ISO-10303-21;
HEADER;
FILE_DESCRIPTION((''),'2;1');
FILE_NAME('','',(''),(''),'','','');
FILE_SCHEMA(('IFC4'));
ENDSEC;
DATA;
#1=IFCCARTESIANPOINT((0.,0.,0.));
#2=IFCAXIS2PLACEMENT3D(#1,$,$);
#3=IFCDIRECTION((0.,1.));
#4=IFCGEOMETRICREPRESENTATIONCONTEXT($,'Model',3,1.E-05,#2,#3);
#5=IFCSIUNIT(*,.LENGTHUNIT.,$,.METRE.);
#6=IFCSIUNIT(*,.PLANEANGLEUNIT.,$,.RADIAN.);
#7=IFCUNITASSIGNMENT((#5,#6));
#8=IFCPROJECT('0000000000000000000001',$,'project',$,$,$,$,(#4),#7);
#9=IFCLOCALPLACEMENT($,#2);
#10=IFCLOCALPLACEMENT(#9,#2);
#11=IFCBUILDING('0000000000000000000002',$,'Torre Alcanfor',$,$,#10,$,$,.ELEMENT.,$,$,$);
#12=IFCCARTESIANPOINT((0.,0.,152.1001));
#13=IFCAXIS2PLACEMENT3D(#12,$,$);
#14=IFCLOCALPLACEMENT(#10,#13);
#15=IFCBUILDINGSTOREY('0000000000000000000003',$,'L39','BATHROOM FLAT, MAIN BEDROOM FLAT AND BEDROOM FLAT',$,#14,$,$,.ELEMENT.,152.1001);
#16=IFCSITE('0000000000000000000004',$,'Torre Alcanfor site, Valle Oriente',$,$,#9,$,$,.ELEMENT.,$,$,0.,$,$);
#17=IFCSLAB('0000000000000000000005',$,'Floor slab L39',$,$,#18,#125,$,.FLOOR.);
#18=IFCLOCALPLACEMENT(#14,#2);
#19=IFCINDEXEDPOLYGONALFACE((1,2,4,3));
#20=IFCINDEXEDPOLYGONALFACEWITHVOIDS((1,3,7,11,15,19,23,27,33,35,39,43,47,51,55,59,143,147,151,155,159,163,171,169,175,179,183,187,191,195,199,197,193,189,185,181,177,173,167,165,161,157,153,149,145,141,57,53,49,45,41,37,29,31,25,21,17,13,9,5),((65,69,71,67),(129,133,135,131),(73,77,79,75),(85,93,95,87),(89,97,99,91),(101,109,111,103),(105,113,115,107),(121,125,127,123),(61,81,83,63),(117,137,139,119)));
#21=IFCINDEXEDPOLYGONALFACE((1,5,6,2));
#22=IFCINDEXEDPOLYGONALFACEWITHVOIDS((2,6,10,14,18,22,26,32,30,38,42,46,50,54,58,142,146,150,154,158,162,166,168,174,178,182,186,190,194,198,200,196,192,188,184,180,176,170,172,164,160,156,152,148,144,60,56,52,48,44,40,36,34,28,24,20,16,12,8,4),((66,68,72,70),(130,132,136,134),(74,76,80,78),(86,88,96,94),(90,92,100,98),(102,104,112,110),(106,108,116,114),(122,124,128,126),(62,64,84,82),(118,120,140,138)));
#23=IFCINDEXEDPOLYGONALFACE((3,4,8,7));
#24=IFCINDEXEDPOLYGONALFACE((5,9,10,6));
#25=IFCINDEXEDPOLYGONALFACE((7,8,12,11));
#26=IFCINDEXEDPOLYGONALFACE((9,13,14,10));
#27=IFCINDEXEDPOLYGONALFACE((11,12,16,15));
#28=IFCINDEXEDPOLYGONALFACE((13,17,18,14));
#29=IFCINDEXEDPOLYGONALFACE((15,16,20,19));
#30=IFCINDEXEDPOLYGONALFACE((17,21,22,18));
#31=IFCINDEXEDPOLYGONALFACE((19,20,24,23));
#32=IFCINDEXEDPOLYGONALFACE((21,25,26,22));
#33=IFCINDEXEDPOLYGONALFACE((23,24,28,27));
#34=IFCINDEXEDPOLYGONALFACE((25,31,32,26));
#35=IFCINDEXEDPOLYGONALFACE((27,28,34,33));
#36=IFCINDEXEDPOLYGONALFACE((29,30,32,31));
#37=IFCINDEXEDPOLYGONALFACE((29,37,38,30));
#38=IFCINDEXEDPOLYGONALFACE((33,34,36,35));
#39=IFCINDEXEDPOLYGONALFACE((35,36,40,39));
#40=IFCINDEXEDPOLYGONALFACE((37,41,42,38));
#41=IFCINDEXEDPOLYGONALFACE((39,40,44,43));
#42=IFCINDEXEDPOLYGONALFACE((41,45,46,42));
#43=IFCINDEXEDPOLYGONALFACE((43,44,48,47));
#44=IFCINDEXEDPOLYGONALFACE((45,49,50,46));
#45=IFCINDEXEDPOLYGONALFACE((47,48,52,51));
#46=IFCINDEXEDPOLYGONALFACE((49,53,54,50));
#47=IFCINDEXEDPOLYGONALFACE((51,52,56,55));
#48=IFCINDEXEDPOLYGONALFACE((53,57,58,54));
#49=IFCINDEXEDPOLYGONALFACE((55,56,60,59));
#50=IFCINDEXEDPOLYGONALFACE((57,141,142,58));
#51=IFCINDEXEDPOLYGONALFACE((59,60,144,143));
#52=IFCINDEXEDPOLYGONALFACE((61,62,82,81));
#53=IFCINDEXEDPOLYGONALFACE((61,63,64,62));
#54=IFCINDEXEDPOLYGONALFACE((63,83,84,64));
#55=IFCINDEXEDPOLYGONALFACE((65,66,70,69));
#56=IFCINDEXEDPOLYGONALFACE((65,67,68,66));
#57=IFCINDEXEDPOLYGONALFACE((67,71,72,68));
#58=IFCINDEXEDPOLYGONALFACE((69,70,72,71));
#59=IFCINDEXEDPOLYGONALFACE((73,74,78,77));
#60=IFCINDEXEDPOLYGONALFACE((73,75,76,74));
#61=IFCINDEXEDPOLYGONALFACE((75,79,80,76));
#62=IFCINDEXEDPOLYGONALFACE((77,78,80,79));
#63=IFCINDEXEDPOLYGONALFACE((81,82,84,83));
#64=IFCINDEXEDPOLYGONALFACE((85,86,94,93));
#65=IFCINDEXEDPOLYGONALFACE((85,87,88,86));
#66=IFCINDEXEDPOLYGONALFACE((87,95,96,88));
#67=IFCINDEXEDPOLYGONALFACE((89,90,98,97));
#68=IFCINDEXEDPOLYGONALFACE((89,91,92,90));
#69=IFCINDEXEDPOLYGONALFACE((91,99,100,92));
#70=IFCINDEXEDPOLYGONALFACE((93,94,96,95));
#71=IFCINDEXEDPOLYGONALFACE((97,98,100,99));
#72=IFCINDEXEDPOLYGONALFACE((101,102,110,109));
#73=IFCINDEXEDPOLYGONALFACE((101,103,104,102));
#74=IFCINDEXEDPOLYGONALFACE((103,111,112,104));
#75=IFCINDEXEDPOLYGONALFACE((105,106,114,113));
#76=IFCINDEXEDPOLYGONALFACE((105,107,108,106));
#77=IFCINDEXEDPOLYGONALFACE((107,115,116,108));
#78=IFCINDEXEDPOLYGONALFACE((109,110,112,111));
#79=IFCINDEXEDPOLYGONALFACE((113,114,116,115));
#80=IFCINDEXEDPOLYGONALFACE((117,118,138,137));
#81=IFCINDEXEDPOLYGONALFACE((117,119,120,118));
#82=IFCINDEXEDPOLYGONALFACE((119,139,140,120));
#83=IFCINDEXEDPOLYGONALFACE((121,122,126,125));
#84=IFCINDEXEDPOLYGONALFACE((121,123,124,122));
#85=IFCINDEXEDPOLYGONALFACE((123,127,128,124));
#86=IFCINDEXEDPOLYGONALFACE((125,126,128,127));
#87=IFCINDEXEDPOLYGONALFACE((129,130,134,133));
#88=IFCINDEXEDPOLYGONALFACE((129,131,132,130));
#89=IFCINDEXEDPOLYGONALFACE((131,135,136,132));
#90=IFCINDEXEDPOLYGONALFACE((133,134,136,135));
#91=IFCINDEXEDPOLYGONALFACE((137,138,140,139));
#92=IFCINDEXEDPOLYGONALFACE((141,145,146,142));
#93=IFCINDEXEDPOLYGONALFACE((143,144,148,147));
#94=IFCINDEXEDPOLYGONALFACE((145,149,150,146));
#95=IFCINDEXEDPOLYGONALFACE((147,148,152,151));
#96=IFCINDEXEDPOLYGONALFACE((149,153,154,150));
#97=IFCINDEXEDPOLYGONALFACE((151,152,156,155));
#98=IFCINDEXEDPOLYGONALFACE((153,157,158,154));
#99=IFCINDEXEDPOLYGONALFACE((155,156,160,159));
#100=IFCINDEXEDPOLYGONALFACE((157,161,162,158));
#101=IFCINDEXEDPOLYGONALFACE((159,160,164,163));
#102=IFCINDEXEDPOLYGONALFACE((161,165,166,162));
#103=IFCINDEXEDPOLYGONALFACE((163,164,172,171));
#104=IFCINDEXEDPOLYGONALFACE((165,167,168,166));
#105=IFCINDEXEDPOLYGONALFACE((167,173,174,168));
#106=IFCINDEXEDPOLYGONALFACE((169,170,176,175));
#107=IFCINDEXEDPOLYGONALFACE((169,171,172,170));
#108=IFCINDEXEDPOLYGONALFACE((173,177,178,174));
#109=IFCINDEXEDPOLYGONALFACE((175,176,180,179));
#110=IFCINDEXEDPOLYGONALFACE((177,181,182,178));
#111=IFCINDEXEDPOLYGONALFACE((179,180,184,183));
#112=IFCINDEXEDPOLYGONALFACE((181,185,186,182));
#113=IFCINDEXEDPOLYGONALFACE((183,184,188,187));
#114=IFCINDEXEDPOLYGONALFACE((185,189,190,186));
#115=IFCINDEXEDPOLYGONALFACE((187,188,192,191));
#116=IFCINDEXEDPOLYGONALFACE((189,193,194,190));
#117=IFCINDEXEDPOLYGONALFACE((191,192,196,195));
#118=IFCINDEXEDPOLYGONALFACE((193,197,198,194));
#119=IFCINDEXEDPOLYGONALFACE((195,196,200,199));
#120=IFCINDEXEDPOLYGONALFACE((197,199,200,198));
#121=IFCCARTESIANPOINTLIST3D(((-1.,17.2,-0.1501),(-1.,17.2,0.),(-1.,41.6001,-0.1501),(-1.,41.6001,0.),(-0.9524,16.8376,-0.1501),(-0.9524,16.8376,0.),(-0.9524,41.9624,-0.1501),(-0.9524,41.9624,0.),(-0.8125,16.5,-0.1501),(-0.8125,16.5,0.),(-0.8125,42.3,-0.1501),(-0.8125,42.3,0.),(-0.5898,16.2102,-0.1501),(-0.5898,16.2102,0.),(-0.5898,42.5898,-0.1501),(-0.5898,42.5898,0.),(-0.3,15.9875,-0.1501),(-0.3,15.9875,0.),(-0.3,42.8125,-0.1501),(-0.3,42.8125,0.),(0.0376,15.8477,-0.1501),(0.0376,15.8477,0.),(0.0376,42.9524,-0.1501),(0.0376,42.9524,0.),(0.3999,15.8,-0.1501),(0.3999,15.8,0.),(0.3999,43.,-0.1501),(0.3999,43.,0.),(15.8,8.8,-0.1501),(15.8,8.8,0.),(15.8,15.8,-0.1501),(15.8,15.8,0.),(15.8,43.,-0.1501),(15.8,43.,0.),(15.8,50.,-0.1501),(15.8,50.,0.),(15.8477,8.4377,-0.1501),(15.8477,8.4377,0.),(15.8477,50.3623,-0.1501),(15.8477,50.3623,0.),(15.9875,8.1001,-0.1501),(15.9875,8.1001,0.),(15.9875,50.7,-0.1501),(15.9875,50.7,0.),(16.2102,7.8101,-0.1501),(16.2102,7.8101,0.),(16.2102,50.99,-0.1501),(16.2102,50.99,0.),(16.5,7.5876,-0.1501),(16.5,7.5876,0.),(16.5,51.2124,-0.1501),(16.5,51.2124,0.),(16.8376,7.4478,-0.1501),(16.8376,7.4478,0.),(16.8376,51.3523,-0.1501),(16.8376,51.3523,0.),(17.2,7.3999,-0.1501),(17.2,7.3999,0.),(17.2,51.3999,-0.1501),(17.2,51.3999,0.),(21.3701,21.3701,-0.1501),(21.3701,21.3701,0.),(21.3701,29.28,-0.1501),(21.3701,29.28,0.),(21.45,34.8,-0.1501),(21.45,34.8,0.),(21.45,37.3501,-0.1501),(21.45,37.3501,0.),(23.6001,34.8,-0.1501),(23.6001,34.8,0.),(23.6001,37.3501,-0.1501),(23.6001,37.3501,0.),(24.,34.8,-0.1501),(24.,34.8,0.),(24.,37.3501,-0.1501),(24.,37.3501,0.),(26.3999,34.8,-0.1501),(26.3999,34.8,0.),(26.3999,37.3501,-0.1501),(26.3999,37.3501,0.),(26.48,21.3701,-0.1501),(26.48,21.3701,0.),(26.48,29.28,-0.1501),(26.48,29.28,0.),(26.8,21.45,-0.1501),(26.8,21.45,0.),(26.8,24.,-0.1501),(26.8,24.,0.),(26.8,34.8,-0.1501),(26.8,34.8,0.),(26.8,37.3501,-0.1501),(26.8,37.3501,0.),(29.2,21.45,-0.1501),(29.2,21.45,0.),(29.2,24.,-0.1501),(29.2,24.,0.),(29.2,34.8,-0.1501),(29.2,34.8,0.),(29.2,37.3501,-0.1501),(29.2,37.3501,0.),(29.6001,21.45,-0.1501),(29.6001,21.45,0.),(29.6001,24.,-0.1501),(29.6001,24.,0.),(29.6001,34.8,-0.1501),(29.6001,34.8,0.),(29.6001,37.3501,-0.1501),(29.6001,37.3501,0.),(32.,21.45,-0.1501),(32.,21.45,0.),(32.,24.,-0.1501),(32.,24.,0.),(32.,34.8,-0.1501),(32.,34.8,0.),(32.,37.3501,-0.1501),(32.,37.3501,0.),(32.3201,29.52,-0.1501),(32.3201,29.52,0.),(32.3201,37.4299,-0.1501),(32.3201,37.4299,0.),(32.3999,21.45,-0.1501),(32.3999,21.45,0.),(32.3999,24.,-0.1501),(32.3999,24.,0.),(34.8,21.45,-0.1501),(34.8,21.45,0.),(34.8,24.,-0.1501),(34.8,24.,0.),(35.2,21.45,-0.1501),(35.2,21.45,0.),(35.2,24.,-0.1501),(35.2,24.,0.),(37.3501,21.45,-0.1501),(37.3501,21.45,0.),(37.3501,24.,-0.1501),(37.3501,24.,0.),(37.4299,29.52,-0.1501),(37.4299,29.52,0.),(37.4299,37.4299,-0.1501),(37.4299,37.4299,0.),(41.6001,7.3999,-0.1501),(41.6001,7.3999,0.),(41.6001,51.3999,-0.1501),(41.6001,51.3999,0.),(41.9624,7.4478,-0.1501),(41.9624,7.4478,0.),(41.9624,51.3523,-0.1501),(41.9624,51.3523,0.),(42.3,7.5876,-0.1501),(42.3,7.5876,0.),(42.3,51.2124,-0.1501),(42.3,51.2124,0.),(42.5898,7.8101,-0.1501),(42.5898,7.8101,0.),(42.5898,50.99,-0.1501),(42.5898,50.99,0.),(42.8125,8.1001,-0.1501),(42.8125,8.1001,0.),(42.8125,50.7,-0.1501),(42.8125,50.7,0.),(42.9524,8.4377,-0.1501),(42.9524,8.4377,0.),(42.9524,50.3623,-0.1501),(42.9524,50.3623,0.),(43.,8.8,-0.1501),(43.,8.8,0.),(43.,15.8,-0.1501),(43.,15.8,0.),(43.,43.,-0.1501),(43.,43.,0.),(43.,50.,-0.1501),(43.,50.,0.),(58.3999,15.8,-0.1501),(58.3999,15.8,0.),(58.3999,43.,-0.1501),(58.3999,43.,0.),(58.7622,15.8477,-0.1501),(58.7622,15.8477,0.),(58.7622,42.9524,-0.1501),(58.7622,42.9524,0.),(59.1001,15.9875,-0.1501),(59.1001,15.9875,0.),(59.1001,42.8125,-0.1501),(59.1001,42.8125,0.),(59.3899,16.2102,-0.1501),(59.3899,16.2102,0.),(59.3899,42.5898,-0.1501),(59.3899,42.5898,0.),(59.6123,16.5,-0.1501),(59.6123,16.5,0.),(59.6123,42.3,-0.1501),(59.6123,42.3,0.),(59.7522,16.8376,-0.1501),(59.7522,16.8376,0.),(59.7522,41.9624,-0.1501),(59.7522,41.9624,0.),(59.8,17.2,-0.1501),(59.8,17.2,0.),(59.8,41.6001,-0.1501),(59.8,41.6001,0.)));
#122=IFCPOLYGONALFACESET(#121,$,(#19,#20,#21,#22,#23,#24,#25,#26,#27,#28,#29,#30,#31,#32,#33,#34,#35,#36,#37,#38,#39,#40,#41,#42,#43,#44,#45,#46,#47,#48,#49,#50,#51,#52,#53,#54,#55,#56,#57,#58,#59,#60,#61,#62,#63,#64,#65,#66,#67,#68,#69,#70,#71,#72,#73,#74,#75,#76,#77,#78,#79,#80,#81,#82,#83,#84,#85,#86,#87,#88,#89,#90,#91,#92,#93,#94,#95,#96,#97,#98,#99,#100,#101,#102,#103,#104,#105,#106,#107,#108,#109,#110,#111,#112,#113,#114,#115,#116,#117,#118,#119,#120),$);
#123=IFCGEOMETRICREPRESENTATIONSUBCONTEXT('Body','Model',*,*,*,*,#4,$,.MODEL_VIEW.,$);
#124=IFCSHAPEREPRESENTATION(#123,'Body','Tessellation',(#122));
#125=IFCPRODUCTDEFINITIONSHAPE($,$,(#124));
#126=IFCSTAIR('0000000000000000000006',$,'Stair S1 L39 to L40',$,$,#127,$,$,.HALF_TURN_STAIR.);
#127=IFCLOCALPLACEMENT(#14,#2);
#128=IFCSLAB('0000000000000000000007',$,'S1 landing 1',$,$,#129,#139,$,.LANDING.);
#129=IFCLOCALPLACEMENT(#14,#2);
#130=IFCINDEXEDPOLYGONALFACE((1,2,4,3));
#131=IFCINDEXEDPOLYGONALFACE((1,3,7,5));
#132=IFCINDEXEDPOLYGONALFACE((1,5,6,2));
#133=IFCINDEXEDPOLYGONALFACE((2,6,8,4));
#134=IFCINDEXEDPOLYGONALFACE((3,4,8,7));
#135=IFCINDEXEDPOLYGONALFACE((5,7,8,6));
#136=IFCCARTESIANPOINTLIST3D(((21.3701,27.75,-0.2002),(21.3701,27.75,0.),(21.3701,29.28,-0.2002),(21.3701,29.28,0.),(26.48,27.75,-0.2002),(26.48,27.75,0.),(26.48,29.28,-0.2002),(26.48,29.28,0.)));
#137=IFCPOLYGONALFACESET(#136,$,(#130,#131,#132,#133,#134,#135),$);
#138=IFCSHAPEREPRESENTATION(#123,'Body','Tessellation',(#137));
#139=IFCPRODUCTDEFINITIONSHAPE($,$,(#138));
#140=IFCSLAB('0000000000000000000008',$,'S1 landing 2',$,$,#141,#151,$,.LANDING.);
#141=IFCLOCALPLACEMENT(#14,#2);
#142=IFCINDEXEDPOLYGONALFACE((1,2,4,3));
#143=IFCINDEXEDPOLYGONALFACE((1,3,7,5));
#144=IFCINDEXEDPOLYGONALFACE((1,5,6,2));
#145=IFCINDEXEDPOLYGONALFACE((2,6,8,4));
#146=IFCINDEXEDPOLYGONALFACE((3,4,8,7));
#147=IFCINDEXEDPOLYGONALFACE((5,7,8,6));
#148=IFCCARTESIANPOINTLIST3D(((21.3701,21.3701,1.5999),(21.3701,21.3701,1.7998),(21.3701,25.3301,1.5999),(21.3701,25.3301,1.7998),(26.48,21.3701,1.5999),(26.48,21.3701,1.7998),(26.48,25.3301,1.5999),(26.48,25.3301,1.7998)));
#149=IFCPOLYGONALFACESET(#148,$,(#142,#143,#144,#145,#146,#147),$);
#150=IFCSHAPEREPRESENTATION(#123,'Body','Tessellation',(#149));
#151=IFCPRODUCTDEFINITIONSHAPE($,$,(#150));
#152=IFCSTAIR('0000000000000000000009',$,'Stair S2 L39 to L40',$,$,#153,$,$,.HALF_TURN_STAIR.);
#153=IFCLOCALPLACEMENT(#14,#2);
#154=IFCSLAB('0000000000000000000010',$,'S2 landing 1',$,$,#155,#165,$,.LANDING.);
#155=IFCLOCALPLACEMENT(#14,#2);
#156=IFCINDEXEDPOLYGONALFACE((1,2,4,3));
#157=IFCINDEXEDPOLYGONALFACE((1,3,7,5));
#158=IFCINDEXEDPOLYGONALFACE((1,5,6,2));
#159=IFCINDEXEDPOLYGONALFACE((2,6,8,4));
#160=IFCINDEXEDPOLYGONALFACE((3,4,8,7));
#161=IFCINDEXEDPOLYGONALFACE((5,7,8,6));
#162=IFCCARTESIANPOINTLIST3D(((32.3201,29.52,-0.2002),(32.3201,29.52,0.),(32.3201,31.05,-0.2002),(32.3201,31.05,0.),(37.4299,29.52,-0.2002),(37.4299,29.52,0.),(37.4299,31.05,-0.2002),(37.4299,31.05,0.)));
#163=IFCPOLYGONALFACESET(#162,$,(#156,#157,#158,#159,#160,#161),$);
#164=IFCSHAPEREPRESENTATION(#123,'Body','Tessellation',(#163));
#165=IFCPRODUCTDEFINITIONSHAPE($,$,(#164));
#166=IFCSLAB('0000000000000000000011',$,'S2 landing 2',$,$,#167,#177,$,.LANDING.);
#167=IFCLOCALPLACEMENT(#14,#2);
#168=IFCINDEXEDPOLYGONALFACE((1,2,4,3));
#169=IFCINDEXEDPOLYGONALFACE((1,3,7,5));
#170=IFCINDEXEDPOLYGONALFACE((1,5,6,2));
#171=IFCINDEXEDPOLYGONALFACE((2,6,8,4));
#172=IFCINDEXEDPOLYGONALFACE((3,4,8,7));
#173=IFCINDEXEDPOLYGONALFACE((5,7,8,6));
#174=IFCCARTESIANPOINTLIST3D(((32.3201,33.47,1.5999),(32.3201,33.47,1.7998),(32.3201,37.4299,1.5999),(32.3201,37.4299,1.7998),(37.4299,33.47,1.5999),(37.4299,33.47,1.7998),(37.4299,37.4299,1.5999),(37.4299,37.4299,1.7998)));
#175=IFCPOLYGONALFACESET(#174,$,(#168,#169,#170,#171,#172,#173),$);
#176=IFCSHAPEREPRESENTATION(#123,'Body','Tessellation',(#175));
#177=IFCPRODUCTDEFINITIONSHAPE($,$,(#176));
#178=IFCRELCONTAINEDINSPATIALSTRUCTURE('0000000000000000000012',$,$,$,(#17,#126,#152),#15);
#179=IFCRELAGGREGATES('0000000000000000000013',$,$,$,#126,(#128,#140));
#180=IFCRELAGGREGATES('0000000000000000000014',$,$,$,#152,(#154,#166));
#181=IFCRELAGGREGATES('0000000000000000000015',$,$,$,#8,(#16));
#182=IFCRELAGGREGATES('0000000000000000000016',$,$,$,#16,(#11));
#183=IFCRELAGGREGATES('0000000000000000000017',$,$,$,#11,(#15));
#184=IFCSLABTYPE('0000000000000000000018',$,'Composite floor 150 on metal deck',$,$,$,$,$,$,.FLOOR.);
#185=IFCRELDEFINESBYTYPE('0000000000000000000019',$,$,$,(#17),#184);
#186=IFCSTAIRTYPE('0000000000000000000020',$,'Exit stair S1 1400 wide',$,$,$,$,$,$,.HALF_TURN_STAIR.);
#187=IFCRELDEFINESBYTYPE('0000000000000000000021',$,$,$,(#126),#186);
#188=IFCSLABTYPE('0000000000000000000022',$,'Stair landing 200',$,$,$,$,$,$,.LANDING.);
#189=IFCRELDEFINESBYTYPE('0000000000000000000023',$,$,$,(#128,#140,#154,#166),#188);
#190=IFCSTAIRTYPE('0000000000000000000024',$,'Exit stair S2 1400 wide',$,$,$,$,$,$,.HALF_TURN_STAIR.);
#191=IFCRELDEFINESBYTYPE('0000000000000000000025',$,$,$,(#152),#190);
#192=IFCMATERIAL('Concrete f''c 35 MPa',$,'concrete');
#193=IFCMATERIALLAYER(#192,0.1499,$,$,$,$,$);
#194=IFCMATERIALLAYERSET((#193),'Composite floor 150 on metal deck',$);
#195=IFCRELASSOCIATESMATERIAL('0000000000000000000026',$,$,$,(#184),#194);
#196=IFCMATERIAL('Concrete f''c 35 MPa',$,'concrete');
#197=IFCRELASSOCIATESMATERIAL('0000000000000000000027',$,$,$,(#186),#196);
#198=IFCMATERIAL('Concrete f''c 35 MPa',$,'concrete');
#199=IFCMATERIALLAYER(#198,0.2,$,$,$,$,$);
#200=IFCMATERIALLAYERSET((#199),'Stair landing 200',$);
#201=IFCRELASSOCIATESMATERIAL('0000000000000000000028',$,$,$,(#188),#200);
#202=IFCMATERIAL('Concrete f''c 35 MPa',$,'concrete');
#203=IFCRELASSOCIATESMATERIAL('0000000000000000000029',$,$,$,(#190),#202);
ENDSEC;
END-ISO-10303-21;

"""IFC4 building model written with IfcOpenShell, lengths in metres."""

from ifc_helpers import new_model, si_unit, direction, frame, origin, place, context, subcontext, project, spatial, polyline, outline, extrude, material, layer, layer_set, type_object, element, aggregate, save


model = new_model("IFC4")

# Units and contexts
model_context = context("Model", 3, precision=1e-05, world=origin(), true_north=direction((0.0, 1.0)))
body_context = subcontext(model_context, "Body", "Model", "MODEL_VIEW")
ifc_project = project(units=[si_unit("LENGTHUNIT", "METRE"), si_unit("PLANEANGLEUNIT", "RADIAN")], contexts=[model_context])

# Site, building, storey
site_placement = place(None, origin())
site = spatial("IfcSite", under=ifc_project, at=site_placement, Name="Torre Alcanfor site, Valle Oriente", CompositionType="ELEMENT", RefElevation=0.0)
building_placement = place(site_placement, origin())
building = spatial("IfcBuilding", under=site, at=building_placement, Name="Torre Alcanfor", CompositionType="ELEMENT")
storey_placement = place(building_placement, frame((0.0, 0.0, 152.1001)))
storey = spatial("IfcBuildingStorey", under=building, at=storey_placement, Name="L39", Description="BATHROOM FLAT, MAIN BEDROOM FLAT AND BEDROOM FLAT", CompositionType="ELEMENT", Elevation=152.1001)

# Slab
ifc_material_1 = material(Name="Concrete f'c 35 MPa", Category="concrete")
ifc_layer_1 = layer(ifc_material_1, 0.1499)
ifc_layer_set_1 = layer_set([ifc_layer_1], Name="Composite floor 150 on metal deck")
slab_type_1 = type_object("IfcSlabType", Name="Composite floor 150 on metal deck", PredefinedType="FLOOR", material=ifc_layer_set_1)
slab_1_placement = place(storey_placement, frame((0.0, 0.0, -0.1501)))
element("IfcSlab", 1, at=slab_1_placement, inside=storey, type_object=slab_type_1, Name="Floor slab L39", PredefinedType="FLOOR", context=body_context, shape_type="SweptSolid", body=[
    extrude(outline(polyline([(15.8, 43.0), (0.3999, 43.0), (0.0376, 42.9524), (-0.3, 42.8125), (-0.5898, 42.5898), (-0.8125, 42.3), (-0.9524, 41.9624), (-1.0, 41.6001), (-1.0, 17.2), (-0.9524, 16.8376), (-0.8125, 16.5), (-0.5898, 16.2102), (-0.3, 15.9875), (0.0376, 15.8477), (0.3999, 15.8), (15.8, 15.8), (15.8, 8.8), (15.8477, 8.4377), (15.9875, 8.1001), (16.2102, 7.8101), (16.5, 7.5876), (16.8376, 7.4478), (17.2, 7.3999), (41.6001, 7.3999), (41.9624, 7.4478), (42.3, 7.5876), (42.5898, 7.8101), (42.8125, 8.1001), (42.9524, 8.4377), (43.0, 8.8), (43.0, 15.8), (58.3999, 15.8), (58.7622, 15.8477), (59.1001, 15.9875), (59.3899, 16.2102), (59.6123, 16.5), (59.7522, 16.8376), (59.8, 17.2), (59.8, 41.6001), (59.7522, 41.9624), (59.6123, 42.3), (59.3899, 42.5898), (59.1001, 42.8125), (58.7622, 42.9524), (58.3999, 43.0), (43.0, 43.0), (43.0, 50.0), (42.9524, 50.3623), (42.8125, 50.7), (42.5898, 50.99), (42.3, 51.2124), (41.9624, 51.3523), (41.6001, 51.3999), (17.2, 51.3999), (16.8376, 51.3523), (16.5, 51.2124), (16.2102, 50.99), (15.9875, 50.7), (15.8477, 50.3623), (15.8, 50.0), (15.8, 43.0)]), holes=[polyline([(21.3701, 21.3701), (26.48, 21.3701), (26.48, 29.28), (21.3701, 29.28), (21.3701, 21.3701)]), polyline([(32.3201, 29.52), (37.4299, 29.52), (37.4299, 37.4299), (32.3201, 37.4299), (32.3201, 29.52)]), polyline([(26.8, 21.45), (29.2, 21.45), (29.2, 24.0), (26.8, 24.0), (26.8, 21.45)]), polyline([(29.6001, 21.45), (32.0, 21.45), (32.0, 24.0), (29.6001, 24.0), (29.6001, 21.45)]), polyline([(32.3999, 21.45), (34.8, 21.45), (34.8, 24.0), (32.3999, 24.0), (32.3999, 21.45)]), polyline([(35.2, 21.45), (37.3501, 21.45), (37.3501, 24.0), (35.2, 24.0), (35.2, 21.45)]), polyline([(21.45, 34.8), (23.6001, 34.8), (23.6001, 37.3501), (21.45, 37.3501), (21.45, 34.8)]), polyline([(24.0, 34.8), (26.3999, 34.8), (26.3999, 37.3501), (24.0, 37.3501), (24.0, 34.8)]), polyline([(26.8, 34.8), (29.2, 34.8), (29.2, 37.3501), (26.8, 37.3501), (26.8, 34.8)]), polyline([(29.6001, 34.8), (32.0, 34.8), (32.0, 37.3501), (29.6001, 37.3501), (29.6001, 34.8)])]), origin(), (0.0, 0.0, 1.0), 0.1501),
])

# Stairs, slabs
ifc_material_2 = material(Name="Concrete f'c 35 MPa", Category="concrete")
stair_type_1 = type_object("IfcStairType", Name="Exit stair S1 1400 wide", PredefinedType="HALF_TURN_STAIR", material=ifc_material_2)
stair_1_placement = place(storey_placement, origin())
stair_1 = element("IfcStair", 2, at=stair_1_placement, inside=storey, type_object=stair_type_1, Name="Stair S1 L39 to L40", PredefinedType="HALF_TURN_STAIR")
ifc_material_3 = material(Name="Concrete f'c 35 MPa", Category="concrete")
ifc_layer_2 = layer(ifc_material_3, 0.2)
ifc_layer_set_2 = layer_set([ifc_layer_2], Name="Stair landing 200")
slab_type_2 = type_object("IfcSlabType", Name="Stair landing 200", PredefinedType="LANDING", material=ifc_layer_set_2)
slab_2_placement = place(storey_placement, frame((0.0, 0.0, -0.2002)))
slab_2 = element("IfcSlab", 3, at=slab_2_placement, type_object=slab_type_2, Name="S1 landing 1", PredefinedType="LANDING", context=body_context, shape_type="SweptSolid", body=[
    extrude(outline(polyline([(21.3701, 27.75), (26.48, 27.75), (26.48, 29.28), (21.3701, 29.28), (21.3701, 27.75)])), origin(), (0.0, 0.0, 1.0), 0.2002),
])
slab_3_placement = place(storey_placement, frame((0.0, 0.0, 1.5999)))
slab_3 = element("IfcSlab", 4, at=slab_3_placement, type_object=slab_type_2, Name="S1 landing 2", PredefinedType="LANDING", context=body_context, shape_type="SweptSolid", body=[
    extrude(outline(polyline([(21.3701, 21.3701), (26.48, 21.3701), (26.48, 25.3301), (21.3701, 25.3301), (21.3701, 21.3701)])), origin(), (0.0, 0.0, 1.0), 0.2),
])
aggregate(stair_1, [slab_2, slab_3])
ifc_material_4 = material(Name="Concrete f'c 35 MPa", Category="concrete")
stair_type_2 = type_object("IfcStairType", Name="Exit stair S2 1400 wide", PredefinedType="HALF_TURN_STAIR", material=ifc_material_4)
stair_2_placement = place(storey_placement, origin())
stair_2 = element("IfcStair", 5, at=stair_2_placement, inside=storey, type_object=stair_type_2, Name="Stair S2 L39 to L40", PredefinedType="HALF_TURN_STAIR")
slab_4_placement = place(storey_placement, frame((0.0, 0.0, -0.2002)))
slab_4 = element("IfcSlab", 6, at=slab_4_placement, type_object=slab_type_2, Name="S2 landing 1", PredefinedType="LANDING", context=body_context, shape_type="SweptSolid", body=[
    extrude(outline(polyline([(32.3201, 29.52), (37.4299, 29.52), (37.4299, 31.05), (32.3201, 31.05), (32.3201, 29.52)])), origin(), (0.0, 0.0, 1.0), 0.2002),
])
slab_5_placement = place(storey_placement, frame((0.0, 0.0, 1.5999)))
slab_5 = element("IfcSlab", 7, at=slab_5_placement, type_object=slab_type_2, Name="S2 landing 2", PredefinedType="LANDING", context=body_context, shape_type="SweptSolid", body=[
    extrude(outline(polyline([(32.3201, 33.47), (37.4299, 33.47), (37.4299, 37.4299), (32.3201, 37.4299), (32.3201, 33.47)])), origin(), (0.0, 0.0, 1.0), 0.2),
])
aggregate(stair_2, [slab_4, slab_5])

save(model, "model.ifc")
